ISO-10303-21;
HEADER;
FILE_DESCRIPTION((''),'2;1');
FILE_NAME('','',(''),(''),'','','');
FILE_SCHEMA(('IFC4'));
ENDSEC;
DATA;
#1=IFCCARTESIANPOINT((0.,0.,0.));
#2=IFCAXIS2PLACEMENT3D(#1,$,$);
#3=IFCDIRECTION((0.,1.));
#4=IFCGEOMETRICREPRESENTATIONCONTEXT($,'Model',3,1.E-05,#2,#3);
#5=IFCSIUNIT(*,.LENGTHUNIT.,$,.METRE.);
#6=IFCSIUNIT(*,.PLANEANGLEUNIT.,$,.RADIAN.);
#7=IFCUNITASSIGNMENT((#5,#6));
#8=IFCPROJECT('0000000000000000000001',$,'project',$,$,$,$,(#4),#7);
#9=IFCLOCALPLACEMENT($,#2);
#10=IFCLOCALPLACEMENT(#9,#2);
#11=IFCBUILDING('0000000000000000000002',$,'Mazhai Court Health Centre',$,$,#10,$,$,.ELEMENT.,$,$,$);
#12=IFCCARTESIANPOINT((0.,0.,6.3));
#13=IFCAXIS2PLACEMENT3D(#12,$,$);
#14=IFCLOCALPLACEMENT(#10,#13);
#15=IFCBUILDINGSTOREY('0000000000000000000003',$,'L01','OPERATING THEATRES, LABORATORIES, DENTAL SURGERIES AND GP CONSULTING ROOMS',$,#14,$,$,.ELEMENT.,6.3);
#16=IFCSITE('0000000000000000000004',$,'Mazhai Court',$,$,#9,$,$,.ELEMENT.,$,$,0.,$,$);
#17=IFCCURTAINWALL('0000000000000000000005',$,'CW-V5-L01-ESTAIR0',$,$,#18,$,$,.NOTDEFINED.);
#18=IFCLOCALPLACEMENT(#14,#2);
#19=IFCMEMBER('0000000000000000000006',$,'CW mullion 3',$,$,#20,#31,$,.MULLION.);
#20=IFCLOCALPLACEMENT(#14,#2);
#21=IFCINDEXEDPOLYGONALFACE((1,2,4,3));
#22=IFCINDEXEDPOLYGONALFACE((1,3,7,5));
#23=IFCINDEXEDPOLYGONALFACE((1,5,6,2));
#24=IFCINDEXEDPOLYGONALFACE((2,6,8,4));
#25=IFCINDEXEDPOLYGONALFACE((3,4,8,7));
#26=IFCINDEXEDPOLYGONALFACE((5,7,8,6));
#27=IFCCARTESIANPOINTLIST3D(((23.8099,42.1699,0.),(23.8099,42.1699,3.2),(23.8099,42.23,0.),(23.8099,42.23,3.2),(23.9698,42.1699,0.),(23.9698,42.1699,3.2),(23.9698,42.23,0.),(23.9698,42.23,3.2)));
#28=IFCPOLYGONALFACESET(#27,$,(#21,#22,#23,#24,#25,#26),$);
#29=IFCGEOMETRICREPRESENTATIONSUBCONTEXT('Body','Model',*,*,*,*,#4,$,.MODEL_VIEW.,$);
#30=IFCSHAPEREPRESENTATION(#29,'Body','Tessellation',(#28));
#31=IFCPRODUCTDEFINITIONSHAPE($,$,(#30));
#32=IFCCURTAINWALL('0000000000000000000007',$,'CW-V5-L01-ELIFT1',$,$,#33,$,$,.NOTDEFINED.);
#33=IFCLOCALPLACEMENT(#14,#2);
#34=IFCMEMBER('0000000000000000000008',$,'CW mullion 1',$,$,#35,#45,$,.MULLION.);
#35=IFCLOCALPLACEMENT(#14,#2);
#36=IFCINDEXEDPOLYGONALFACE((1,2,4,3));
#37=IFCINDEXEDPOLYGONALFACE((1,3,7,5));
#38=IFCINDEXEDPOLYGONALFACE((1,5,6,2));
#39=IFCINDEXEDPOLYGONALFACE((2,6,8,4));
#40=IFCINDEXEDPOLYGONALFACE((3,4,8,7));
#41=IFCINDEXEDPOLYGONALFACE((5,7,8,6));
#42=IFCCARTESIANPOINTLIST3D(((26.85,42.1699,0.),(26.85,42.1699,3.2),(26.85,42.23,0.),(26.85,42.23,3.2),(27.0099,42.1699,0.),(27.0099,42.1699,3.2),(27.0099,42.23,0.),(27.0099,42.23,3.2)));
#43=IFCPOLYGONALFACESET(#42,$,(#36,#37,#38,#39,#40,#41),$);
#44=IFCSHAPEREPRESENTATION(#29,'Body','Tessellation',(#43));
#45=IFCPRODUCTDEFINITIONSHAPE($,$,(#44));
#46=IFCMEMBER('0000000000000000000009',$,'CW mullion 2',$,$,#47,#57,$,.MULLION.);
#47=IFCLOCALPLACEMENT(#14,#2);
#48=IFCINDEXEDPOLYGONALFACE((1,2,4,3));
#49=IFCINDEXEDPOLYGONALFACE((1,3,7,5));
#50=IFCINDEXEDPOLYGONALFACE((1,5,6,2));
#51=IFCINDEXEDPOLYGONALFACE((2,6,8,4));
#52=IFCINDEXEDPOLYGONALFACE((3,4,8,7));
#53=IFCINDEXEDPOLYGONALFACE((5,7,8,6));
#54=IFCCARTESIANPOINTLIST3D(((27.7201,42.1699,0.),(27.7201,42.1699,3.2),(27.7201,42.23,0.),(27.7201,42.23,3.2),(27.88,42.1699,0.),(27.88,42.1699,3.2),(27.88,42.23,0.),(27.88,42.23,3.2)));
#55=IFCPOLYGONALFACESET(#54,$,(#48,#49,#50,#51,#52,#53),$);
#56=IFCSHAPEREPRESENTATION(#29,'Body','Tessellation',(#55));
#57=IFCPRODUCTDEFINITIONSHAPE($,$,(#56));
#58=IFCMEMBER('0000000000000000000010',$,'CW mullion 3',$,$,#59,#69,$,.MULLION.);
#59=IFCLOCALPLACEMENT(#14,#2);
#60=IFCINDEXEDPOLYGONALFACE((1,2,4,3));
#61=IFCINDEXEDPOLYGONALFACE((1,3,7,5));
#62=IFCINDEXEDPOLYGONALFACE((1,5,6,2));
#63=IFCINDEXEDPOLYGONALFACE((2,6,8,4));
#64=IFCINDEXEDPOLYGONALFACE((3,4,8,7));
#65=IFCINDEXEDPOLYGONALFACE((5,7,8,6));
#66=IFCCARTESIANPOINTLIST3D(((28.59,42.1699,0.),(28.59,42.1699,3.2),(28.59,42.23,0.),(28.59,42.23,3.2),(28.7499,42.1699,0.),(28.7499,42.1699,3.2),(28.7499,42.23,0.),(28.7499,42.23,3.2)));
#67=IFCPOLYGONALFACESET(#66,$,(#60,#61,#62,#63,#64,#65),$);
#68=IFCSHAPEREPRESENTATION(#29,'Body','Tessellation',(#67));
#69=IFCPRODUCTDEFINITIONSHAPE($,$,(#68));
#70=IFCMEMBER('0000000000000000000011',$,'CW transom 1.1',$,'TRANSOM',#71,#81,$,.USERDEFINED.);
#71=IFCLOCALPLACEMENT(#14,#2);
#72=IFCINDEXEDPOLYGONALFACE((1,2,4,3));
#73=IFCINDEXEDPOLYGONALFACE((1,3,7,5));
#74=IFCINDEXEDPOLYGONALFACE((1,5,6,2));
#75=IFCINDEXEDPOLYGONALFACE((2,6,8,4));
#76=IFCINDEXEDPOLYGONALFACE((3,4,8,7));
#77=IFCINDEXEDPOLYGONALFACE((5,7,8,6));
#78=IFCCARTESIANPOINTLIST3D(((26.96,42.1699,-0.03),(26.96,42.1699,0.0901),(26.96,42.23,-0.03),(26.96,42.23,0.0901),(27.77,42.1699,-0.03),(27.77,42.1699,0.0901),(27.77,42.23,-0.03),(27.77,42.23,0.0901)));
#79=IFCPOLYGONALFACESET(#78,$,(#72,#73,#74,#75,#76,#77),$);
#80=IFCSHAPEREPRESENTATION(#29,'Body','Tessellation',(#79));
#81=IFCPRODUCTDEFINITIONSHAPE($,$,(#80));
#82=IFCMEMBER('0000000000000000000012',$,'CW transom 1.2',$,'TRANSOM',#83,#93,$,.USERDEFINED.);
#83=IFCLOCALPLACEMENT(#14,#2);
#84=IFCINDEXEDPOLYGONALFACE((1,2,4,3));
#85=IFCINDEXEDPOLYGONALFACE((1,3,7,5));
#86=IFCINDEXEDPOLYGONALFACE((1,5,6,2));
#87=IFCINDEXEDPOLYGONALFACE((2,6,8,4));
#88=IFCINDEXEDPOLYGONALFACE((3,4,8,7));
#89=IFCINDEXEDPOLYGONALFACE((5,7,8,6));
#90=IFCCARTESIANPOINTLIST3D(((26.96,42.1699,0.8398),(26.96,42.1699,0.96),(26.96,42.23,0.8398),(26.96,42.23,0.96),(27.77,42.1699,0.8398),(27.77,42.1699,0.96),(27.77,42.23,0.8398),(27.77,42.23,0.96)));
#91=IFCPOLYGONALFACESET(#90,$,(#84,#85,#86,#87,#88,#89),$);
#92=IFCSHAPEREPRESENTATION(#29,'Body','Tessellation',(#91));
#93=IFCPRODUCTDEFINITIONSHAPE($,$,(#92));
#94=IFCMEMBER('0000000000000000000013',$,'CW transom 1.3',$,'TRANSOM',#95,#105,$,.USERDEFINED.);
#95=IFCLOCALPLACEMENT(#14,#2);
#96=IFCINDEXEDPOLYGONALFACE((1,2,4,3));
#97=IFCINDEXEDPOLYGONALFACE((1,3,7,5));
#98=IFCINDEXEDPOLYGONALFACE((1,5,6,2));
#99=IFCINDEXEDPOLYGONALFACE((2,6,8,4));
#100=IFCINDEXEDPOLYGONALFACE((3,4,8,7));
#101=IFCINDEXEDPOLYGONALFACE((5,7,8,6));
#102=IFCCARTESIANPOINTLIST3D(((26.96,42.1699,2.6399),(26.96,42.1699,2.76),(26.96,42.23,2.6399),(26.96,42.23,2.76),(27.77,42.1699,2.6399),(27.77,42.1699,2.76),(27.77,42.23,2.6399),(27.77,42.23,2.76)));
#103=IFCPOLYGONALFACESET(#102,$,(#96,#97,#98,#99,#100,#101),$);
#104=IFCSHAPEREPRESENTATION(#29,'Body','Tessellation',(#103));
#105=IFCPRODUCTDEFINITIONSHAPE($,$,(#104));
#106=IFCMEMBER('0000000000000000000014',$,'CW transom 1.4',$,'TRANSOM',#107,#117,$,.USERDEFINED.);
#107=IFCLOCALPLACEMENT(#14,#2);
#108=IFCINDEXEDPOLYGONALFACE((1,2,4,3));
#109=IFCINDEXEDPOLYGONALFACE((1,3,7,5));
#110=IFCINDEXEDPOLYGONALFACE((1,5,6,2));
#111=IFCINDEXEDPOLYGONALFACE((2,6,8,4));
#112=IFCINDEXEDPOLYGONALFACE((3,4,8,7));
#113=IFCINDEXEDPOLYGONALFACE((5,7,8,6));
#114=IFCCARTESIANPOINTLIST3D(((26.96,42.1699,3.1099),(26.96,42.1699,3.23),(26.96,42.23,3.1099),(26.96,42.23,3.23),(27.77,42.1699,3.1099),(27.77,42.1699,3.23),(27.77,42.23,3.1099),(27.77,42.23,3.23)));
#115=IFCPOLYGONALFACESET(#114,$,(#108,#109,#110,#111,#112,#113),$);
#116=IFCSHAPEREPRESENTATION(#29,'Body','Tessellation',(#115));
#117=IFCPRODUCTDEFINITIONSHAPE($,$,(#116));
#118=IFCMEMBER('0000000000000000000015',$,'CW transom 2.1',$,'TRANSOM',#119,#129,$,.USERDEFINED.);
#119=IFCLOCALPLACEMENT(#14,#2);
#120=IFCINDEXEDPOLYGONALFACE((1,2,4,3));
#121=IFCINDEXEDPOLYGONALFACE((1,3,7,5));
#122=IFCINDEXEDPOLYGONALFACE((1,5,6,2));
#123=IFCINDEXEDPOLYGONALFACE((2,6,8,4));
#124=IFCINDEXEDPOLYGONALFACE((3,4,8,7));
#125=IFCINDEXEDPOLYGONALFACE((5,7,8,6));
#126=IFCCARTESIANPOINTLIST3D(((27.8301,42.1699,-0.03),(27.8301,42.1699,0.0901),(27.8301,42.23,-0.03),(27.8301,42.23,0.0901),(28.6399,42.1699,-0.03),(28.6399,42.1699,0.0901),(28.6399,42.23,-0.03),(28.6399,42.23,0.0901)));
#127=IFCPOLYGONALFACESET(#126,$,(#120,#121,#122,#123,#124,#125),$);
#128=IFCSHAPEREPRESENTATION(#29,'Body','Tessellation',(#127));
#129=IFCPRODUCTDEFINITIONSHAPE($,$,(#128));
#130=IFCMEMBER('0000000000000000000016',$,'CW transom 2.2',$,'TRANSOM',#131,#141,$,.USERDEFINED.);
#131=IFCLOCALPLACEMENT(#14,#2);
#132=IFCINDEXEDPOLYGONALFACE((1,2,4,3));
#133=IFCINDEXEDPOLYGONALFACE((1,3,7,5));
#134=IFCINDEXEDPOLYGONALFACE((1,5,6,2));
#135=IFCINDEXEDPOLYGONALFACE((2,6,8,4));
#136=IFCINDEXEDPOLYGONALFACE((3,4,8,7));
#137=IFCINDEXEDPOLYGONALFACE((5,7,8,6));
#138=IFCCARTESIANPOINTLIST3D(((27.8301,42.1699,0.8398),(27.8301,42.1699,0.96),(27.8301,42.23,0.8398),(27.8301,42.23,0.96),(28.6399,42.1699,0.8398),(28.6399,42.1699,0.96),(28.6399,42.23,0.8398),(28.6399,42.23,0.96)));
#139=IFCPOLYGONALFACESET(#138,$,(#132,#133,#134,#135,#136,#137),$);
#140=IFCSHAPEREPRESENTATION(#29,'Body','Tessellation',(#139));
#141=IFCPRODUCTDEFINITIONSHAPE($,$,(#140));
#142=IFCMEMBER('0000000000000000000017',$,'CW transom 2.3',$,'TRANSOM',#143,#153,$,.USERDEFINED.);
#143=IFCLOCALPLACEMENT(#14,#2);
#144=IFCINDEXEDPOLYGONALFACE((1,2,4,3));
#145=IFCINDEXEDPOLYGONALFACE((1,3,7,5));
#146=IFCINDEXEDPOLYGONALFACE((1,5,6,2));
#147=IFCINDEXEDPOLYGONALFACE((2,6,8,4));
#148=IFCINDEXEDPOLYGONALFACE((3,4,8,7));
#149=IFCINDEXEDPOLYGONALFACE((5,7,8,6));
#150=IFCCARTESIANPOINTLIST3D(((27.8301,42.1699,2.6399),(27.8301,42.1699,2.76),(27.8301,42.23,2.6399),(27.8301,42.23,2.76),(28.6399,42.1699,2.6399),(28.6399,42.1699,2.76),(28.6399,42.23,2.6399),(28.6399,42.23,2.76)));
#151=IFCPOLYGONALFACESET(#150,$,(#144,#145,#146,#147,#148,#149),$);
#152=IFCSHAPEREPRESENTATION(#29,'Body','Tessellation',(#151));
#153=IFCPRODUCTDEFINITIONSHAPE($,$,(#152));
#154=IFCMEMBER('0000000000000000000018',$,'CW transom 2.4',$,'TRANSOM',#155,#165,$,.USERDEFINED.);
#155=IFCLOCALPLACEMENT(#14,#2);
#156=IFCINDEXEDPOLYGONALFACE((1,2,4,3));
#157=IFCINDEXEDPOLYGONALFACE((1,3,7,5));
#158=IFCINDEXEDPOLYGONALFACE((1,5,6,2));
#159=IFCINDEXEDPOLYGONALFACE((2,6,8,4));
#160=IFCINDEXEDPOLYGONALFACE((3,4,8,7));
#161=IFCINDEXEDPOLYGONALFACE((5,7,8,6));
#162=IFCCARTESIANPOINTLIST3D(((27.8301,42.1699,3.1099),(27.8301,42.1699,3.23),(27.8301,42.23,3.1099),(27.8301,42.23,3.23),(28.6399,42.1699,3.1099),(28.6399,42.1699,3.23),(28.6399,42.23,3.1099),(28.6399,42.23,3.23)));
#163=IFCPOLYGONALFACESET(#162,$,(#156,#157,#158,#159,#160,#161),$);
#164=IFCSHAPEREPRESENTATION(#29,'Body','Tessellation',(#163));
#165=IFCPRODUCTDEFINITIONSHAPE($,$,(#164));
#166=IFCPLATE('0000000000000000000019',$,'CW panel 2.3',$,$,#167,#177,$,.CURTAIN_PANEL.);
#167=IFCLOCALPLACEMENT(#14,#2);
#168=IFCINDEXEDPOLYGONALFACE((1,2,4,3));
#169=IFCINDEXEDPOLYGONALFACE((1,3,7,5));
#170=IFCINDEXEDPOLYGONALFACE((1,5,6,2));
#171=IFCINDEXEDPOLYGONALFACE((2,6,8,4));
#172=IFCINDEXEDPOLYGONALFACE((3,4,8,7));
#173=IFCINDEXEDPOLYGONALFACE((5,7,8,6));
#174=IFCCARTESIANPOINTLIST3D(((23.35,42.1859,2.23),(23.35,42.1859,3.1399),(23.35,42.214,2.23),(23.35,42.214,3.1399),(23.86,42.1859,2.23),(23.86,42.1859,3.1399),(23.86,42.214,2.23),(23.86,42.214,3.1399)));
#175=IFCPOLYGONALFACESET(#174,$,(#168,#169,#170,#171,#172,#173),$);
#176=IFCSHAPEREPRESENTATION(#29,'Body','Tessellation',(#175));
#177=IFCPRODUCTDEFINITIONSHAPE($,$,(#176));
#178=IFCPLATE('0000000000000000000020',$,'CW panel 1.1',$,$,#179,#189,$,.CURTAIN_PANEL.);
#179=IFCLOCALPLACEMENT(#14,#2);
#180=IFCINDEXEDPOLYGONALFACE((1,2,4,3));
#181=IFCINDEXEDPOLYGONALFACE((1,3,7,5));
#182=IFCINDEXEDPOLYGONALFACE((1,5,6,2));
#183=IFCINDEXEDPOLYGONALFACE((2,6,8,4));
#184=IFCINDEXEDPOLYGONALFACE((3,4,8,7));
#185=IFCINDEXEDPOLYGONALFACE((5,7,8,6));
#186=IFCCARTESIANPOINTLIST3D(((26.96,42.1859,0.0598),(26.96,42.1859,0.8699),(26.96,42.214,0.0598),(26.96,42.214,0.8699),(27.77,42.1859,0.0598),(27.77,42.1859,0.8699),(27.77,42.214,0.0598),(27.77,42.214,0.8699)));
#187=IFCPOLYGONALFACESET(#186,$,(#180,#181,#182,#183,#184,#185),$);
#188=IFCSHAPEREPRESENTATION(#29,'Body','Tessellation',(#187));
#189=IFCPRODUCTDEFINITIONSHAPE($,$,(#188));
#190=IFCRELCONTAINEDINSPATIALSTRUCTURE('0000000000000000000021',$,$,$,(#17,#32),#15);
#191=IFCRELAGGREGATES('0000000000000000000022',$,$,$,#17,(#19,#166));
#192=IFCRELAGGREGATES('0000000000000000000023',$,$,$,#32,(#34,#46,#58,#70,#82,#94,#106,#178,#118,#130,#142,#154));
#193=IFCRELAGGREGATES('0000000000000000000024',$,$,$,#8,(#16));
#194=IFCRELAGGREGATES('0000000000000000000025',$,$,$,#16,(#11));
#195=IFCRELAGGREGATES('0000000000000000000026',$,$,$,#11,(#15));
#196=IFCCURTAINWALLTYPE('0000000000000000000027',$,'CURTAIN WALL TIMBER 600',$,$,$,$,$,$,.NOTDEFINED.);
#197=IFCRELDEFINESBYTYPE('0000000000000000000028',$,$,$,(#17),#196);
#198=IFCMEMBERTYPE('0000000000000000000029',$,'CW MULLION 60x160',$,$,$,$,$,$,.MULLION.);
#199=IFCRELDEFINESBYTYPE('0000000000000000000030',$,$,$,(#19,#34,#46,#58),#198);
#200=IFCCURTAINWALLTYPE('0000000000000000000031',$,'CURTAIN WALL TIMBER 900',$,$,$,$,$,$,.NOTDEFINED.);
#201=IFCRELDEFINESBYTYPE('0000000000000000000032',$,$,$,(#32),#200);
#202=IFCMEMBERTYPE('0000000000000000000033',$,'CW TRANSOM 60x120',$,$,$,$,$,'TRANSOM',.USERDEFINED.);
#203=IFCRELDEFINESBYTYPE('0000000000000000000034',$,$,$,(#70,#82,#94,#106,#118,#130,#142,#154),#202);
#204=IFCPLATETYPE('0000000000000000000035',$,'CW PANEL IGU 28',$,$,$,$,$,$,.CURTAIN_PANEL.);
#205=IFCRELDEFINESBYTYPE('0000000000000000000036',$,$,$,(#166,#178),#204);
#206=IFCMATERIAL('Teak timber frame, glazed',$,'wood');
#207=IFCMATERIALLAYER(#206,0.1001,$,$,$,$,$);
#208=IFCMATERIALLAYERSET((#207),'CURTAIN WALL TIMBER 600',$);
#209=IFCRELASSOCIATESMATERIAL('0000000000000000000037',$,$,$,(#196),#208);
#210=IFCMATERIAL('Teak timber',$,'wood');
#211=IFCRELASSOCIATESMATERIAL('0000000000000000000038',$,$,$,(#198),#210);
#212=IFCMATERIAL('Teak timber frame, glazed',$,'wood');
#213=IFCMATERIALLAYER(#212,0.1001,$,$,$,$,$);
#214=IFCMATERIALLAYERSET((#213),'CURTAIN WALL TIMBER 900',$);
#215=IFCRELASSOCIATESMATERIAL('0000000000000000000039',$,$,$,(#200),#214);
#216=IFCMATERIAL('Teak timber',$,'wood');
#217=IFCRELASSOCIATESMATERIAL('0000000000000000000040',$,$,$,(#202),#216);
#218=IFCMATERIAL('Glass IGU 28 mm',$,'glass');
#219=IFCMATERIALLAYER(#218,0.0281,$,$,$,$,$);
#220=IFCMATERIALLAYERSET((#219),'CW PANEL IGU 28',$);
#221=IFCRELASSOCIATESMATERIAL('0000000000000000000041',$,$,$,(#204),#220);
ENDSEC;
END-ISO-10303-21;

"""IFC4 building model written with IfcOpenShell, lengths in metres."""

from ifc_helpers import new_model, si_unit, direction, frame, origin, origin_2d, place, context, subcontext, project, spatial, rectangle, extrude, material, layer, layer_set, material_profile, profile_set, type_object, element, aggregate, save


model = new_model("IFC4")

# Units and contexts
model_context = context("Model", 3, precision=1e-05, world=origin(), true_north=direction((0.0, 1.0)))
body_context = subcontext(model_context, "Body", "Model", "MODEL_VIEW")
ifc_project = project(units=[si_unit("LENGTHUNIT", "METRE"), si_unit("PLANEANGLEUNIT", "RADIAN")], contexts=[model_context])

# Site, building, storey
site_placement = place(None, origin())
site = spatial("IfcSite", under=ifc_project, at=site_placement, Name="Mazhai Court", CompositionType="ELEMENT", RefElevation=0.0)
building_placement = place(site_placement, origin())
building = spatial("IfcBuilding", under=site, at=building_placement, Name="Mazhai Court Health Centre", CompositionType="ELEMENT")
storey_placement = place(building_placement, frame((0.0, 0.0, 6.3)))
storey = spatial("IfcBuildingStorey", under=building, at=storey_placement, Name="L01", Description="OPERATING THEATRES, LABORATORIES, DENTAL SURGERIES AND GP CONSULTING ROOMS", CompositionType="ELEMENT", Elevation=6.3)

# Curtain wall, member
ifc_material_1 = material(Name="Teak timber frame, glazed", Category="wood")
ifc_layer_1 = layer(ifc_material_1, 0.1001)
ifc_layer_set_1 = layer_set([ifc_layer_1], Name="CURTAIN WALL TIMBER 600")
curtain_wall_type_1 = type_object("IfcCurtainWallType", Name="CURTAIN WALL TIMBER 600", PredefinedType="NOTDEFINED", material=ifc_layer_set_1)
curtain_wall_1_placement = place(storey_placement, origin())
curtain_wall_1 = element("IfcCurtainWall", 1, at=curtain_wall_1_placement, inside=storey, type_object=curtain_wall_type_1, Name="CW-V5-L01-ESTAIR0", PredefinedType="NOTDEFINED")
ifc_material_2 = material(Name="Teak timber", Category="wood")
ifc_material_profile_1 = material_profile(ifc_material_2, rectangle(XDim=0.0601, YDim=0.1599, at=origin_2d()), Name="CW MULLION 60x160")
ifc_profile_set_1 = profile_set([ifc_material_profile_1], Name="Teak timber")
member_type_1 = type_object("IfcMemberType", Name="CW MULLION 60x160", PredefinedType="MULLION", material=ifc_profile_set_1)
member_1_placement = place(storey_placement, frame((23.8899, 42.2, 0.0), z_axis=(0.0, 0.0, 1.0), x_axis=(0.0, 1.0, 0.0)))
member_1 = element("IfcMember", 2, at=member_1_placement, type_object=member_type_1, Name="CW mullion 3", PredefinedType="MULLION", context=body_context, shape_type="SweptSolid", body=[
    extrude(rectangle(XDim=0.0601, YDim=0.1599, at=origin_2d()), origin(), (0.0, 0.0, 1.0), 3.2),
])

# Curtain wall, members
ifc_material_3 = material(Name="Teak timber frame, glazed", Category="wood")
ifc_layer_2 = layer(ifc_material_3, 0.1001)
ifc_layer_set_2 = layer_set([ifc_layer_2], Name="CURTAIN WALL TIMBER 900")
curtain_wall_type_2 = type_object("IfcCurtainWallType", Name="CURTAIN WALL TIMBER 900", PredefinedType="NOTDEFINED", material=ifc_layer_set_2)
curtain_wall_2_placement = place(storey_placement, origin())
curtain_wall_2 = element("IfcCurtainWall", 3, at=curtain_wall_2_placement, inside=storey, type_object=curtain_wall_type_2, Name="CW-V5-L01-ELIFT1", PredefinedType="NOTDEFINED")
member_2_placement = place(storey_placement, frame((26.9299, 42.2, 0.0), z_axis=(0.0, 0.0, 1.0), x_axis=(0.0, 1.0, 0.0)))
member_2 = element("IfcMember", 4, at=member_2_placement, type_object=member_type_1, Name="CW mullion 1", PredefinedType="MULLION", context=body_context, shape_type="SweptSolid", body=[
    extrude(rectangle(XDim=0.0601, YDim=0.1599, at=origin_2d()), origin(), (0.0, 0.0, 1.0), 3.2),
])
member_3_placement = place(storey_placement, frame((27.8, 42.2, 0.0), z_axis=(0.0, 0.0, 1.0), x_axis=(0.0, 1.0, 0.0)))
member_3 = element("IfcMember", 5, at=member_3_placement, type_object=member_type_1, Name="CW mullion 2", PredefinedType="MULLION", context=body_context, shape_type="SweptSolid", body=[
    extrude(rectangle(XDim=0.0601, YDim=0.1599, at=origin_2d()), origin(), (0.0, 0.0, 1.0), 3.2),
])
member_4_placement = place(storey_placement, frame((28.6699, 42.2, 0.0), z_axis=(0.0, 0.0, 1.0), x_axis=(0.0, 1.0, 0.0)))
member_4 = element("IfcMember", 6, at=member_4_placement, type_object=member_type_1, Name="CW mullion 3", PredefinedType="MULLION", context=body_context, shape_type="SweptSolid", body=[
    extrude(rectangle(XDim=0.0601, YDim=0.1599, at=origin_2d()), origin(), (0.0, 0.0, 1.0), 3.2),
])
ifc_material_4 = material(Name="Teak timber", Category="wood")
ifc_material_profile_2 = material_profile(ifc_material_4, rectangle(XDim=0.0601, YDim=0.1201, at=origin_2d()), Name="CW TRANSOM 60x120")
ifc_profile_set_2 = profile_set([ifc_material_profile_2], Name="Teak timber")
member_type_2 = type_object("IfcMemberType", Name="CW TRANSOM 60x120", ElementType="TRANSOM", PredefinedType="USERDEFINED", material=ifc_profile_set_2)
member_5_placement = place(storey_placement, frame((26.96, 42.2, 0.03), z_axis=(1.0, 0.0, 0.0), x_axis=(0.0, 1.0, 0.0)))
member_5 = element("IfcMember", 7, at=member_5_placement, type_object=member_type_2, Name="CW transom 1.1", ObjectType="TRANSOM", PredefinedType="USERDEFINED", context=body_context, shape_type="SweptSolid", body=[
    extrude(rectangle(XDim=0.0601, YDim=0.1201, at=origin_2d()), origin(), (0.0, 0.0, 1.0), 0.8101),
])
member_6_placement = place(storey_placement, frame((26.96, 42.2, 0.8999), z_axis=(1.0, 0.0, 0.0), x_axis=(0.0, 1.0, 0.0)))
member_6 = element("IfcMember", 8, at=member_6_placement, type_object=member_type_2, Name="CW transom 1.2", ObjectType="TRANSOM", PredefinedType="USERDEFINED", context=body_context, shape_type="SweptSolid", body=[
    extrude(rectangle(XDim=0.0601, YDim=0.1201, at=origin_2d()), origin(), (0.0, 0.0, 1.0), 0.8101),
])
member_7_placement = place(storey_placement, frame((26.96, 42.2, 2.7), z_axis=(1.0, 0.0, 0.0), x_axis=(0.0, 1.0, 0.0)))
member_7 = element("IfcMember", 9, at=member_7_placement, type_object=member_type_2, Name="CW transom 1.3", ObjectType="TRANSOM", PredefinedType="USERDEFINED", context=body_context, shape_type="SweptSolid", body=[
    extrude(rectangle(XDim=0.0601, YDim=0.1201, at=origin_2d()), origin(), (0.0, 0.0, 1.0), 0.8101),
])
member_8_placement = place(storey_placement, frame((26.96, 42.2, 3.1699), z_axis=(1.0, 0.0, 0.0), x_axis=(0.0, 1.0, 0.0)))
member_8 = element("IfcMember", 10, at=member_8_placement, type_object=member_type_2, Name="CW transom 1.4", ObjectType="TRANSOM", PredefinedType="USERDEFINED", context=body_context, shape_type="SweptSolid", body=[
    extrude(rectangle(XDim=0.0601, YDim=0.1201, at=origin_2d()), origin(), (0.0, 0.0, 1.0), 0.8101),
])
member_9_placement = place(storey_placement, frame((27.8301, 42.2, 0.03), z_axis=(1.0, 0.0, 0.0), x_axis=(0.0, 1.0, 0.0)))
member_9 = element("IfcMember", 11, at=member_9_placement, type_object=member_type_2, Name="CW transom 2.1", ObjectType="TRANSOM", PredefinedType="USERDEFINED", context=body_context, shape_type="SweptSolid", body=[
    extrude(rectangle(XDim=0.0601, YDim=0.1201, at=origin_2d()), origin(), (0.0, 0.0, 1.0), 0.8098),
])
member_10_placement = place(storey_placement, frame((27.8301, 42.2, 0.8999), z_axis=(1.0, 0.0, 0.0), x_axis=(0.0, 1.0, 0.0)))
member_10 = element("IfcMember", 12, at=member_10_placement, type_object=member_type_2, Name="CW transom 2.2", ObjectType="TRANSOM", PredefinedType="USERDEFINED", context=body_context, shape_type="SweptSolid", body=[
    extrude(rectangle(XDim=0.0601, YDim=0.1201, at=origin_2d()), origin(), (0.0, 0.0, 1.0), 0.8098),
])
member_11_placement = place(storey_placement, frame((27.8301, 42.2, 2.7), z_axis=(1.0, 0.0, 0.0), x_axis=(0.0, 1.0, 0.0)))
member_11 = element("IfcMember", 13, at=member_11_placement, type_object=member_type_2, Name="CW transom 2.3", ObjectType="TRANSOM", PredefinedType="USERDEFINED", context=body_context, shape_type="SweptSolid", body=[
    extrude(rectangle(XDim=0.0601, YDim=0.1201, at=origin_2d()), origin(), (0.0, 0.0, 1.0), 0.8098),
])
member_12_placement = place(storey_placement, frame((27.8301, 42.2, 3.1699), z_axis=(1.0, 0.0, 0.0), x_axis=(0.0, 1.0, 0.0)))
member_12 = element("IfcMember", 14, at=member_12_placement, type_object=member_type_2, Name="CW transom 2.4", ObjectType="TRANSOM", PredefinedType="USERDEFINED", context=body_context, shape_type="SweptSolid", body=[
    extrude(rectangle(XDim=0.0601, YDim=0.1201, at=origin_2d()), origin(), (0.0, 0.0, 1.0), 0.8098),
])

# Plates
ifc_material_5 = material(Name="Glass IGU 28 mm", Category="glass")
ifc_layer_3 = layer(ifc_material_5, 0.0281)
ifc_layer_set_3 = layer_set([ifc_layer_3], Name="CW PANEL IGU 28")
plate_type = type_object("IfcPlateType", Name="CW PANEL IGU 28", PredefinedType="CURTAIN_PANEL", material=ifc_layer_set_3)
plate_1_placement = place(storey_placement, frame((23.605, 42.2, 2.23), z_axis=(0.0, 0.0, 1.0), x_axis=(1.0, 0.0, 0.0)))
plate_1 = element("IfcPlate", 15, at=plate_1_placement, type_object=plate_type, Name="CW panel 2.3", PredefinedType="CURTAIN_PANEL", context=body_context, shape_type="SweptSolid", body=[
    extrude(rectangle(XDim=0.51, YDim=0.0281, at=origin_2d()), origin(), (0.0, 0.0, 1.0), 0.9099),
])
aggregate(curtain_wall_1, [member_1, plate_1])
plate_2_placement = place(storey_placement, frame((27.365, 42.2, 0.0598), z_axis=(0.0, 0.0, 1.0), x_axis=(1.0, 0.0, 0.0)))
plate_2 = element("IfcPlate", 16, at=plate_2_placement, type_object=plate_type, Name="CW panel 1.1", PredefinedType="CURTAIN_PANEL", context=body_context, shape_type="SweptSolid", body=[
    extrude(rectangle(XDim=0.8101, YDim=0.0281, at=origin_2d()), origin(), (0.0, 0.0, 1.0), 0.8101),
])
aggregate(curtain_wall_2, [member_2, member_3, member_4, member_5, member_6, member_7, member_8, plate_2, member_9, member_10, member_11, member_12])

save(model, "model.ifc")
